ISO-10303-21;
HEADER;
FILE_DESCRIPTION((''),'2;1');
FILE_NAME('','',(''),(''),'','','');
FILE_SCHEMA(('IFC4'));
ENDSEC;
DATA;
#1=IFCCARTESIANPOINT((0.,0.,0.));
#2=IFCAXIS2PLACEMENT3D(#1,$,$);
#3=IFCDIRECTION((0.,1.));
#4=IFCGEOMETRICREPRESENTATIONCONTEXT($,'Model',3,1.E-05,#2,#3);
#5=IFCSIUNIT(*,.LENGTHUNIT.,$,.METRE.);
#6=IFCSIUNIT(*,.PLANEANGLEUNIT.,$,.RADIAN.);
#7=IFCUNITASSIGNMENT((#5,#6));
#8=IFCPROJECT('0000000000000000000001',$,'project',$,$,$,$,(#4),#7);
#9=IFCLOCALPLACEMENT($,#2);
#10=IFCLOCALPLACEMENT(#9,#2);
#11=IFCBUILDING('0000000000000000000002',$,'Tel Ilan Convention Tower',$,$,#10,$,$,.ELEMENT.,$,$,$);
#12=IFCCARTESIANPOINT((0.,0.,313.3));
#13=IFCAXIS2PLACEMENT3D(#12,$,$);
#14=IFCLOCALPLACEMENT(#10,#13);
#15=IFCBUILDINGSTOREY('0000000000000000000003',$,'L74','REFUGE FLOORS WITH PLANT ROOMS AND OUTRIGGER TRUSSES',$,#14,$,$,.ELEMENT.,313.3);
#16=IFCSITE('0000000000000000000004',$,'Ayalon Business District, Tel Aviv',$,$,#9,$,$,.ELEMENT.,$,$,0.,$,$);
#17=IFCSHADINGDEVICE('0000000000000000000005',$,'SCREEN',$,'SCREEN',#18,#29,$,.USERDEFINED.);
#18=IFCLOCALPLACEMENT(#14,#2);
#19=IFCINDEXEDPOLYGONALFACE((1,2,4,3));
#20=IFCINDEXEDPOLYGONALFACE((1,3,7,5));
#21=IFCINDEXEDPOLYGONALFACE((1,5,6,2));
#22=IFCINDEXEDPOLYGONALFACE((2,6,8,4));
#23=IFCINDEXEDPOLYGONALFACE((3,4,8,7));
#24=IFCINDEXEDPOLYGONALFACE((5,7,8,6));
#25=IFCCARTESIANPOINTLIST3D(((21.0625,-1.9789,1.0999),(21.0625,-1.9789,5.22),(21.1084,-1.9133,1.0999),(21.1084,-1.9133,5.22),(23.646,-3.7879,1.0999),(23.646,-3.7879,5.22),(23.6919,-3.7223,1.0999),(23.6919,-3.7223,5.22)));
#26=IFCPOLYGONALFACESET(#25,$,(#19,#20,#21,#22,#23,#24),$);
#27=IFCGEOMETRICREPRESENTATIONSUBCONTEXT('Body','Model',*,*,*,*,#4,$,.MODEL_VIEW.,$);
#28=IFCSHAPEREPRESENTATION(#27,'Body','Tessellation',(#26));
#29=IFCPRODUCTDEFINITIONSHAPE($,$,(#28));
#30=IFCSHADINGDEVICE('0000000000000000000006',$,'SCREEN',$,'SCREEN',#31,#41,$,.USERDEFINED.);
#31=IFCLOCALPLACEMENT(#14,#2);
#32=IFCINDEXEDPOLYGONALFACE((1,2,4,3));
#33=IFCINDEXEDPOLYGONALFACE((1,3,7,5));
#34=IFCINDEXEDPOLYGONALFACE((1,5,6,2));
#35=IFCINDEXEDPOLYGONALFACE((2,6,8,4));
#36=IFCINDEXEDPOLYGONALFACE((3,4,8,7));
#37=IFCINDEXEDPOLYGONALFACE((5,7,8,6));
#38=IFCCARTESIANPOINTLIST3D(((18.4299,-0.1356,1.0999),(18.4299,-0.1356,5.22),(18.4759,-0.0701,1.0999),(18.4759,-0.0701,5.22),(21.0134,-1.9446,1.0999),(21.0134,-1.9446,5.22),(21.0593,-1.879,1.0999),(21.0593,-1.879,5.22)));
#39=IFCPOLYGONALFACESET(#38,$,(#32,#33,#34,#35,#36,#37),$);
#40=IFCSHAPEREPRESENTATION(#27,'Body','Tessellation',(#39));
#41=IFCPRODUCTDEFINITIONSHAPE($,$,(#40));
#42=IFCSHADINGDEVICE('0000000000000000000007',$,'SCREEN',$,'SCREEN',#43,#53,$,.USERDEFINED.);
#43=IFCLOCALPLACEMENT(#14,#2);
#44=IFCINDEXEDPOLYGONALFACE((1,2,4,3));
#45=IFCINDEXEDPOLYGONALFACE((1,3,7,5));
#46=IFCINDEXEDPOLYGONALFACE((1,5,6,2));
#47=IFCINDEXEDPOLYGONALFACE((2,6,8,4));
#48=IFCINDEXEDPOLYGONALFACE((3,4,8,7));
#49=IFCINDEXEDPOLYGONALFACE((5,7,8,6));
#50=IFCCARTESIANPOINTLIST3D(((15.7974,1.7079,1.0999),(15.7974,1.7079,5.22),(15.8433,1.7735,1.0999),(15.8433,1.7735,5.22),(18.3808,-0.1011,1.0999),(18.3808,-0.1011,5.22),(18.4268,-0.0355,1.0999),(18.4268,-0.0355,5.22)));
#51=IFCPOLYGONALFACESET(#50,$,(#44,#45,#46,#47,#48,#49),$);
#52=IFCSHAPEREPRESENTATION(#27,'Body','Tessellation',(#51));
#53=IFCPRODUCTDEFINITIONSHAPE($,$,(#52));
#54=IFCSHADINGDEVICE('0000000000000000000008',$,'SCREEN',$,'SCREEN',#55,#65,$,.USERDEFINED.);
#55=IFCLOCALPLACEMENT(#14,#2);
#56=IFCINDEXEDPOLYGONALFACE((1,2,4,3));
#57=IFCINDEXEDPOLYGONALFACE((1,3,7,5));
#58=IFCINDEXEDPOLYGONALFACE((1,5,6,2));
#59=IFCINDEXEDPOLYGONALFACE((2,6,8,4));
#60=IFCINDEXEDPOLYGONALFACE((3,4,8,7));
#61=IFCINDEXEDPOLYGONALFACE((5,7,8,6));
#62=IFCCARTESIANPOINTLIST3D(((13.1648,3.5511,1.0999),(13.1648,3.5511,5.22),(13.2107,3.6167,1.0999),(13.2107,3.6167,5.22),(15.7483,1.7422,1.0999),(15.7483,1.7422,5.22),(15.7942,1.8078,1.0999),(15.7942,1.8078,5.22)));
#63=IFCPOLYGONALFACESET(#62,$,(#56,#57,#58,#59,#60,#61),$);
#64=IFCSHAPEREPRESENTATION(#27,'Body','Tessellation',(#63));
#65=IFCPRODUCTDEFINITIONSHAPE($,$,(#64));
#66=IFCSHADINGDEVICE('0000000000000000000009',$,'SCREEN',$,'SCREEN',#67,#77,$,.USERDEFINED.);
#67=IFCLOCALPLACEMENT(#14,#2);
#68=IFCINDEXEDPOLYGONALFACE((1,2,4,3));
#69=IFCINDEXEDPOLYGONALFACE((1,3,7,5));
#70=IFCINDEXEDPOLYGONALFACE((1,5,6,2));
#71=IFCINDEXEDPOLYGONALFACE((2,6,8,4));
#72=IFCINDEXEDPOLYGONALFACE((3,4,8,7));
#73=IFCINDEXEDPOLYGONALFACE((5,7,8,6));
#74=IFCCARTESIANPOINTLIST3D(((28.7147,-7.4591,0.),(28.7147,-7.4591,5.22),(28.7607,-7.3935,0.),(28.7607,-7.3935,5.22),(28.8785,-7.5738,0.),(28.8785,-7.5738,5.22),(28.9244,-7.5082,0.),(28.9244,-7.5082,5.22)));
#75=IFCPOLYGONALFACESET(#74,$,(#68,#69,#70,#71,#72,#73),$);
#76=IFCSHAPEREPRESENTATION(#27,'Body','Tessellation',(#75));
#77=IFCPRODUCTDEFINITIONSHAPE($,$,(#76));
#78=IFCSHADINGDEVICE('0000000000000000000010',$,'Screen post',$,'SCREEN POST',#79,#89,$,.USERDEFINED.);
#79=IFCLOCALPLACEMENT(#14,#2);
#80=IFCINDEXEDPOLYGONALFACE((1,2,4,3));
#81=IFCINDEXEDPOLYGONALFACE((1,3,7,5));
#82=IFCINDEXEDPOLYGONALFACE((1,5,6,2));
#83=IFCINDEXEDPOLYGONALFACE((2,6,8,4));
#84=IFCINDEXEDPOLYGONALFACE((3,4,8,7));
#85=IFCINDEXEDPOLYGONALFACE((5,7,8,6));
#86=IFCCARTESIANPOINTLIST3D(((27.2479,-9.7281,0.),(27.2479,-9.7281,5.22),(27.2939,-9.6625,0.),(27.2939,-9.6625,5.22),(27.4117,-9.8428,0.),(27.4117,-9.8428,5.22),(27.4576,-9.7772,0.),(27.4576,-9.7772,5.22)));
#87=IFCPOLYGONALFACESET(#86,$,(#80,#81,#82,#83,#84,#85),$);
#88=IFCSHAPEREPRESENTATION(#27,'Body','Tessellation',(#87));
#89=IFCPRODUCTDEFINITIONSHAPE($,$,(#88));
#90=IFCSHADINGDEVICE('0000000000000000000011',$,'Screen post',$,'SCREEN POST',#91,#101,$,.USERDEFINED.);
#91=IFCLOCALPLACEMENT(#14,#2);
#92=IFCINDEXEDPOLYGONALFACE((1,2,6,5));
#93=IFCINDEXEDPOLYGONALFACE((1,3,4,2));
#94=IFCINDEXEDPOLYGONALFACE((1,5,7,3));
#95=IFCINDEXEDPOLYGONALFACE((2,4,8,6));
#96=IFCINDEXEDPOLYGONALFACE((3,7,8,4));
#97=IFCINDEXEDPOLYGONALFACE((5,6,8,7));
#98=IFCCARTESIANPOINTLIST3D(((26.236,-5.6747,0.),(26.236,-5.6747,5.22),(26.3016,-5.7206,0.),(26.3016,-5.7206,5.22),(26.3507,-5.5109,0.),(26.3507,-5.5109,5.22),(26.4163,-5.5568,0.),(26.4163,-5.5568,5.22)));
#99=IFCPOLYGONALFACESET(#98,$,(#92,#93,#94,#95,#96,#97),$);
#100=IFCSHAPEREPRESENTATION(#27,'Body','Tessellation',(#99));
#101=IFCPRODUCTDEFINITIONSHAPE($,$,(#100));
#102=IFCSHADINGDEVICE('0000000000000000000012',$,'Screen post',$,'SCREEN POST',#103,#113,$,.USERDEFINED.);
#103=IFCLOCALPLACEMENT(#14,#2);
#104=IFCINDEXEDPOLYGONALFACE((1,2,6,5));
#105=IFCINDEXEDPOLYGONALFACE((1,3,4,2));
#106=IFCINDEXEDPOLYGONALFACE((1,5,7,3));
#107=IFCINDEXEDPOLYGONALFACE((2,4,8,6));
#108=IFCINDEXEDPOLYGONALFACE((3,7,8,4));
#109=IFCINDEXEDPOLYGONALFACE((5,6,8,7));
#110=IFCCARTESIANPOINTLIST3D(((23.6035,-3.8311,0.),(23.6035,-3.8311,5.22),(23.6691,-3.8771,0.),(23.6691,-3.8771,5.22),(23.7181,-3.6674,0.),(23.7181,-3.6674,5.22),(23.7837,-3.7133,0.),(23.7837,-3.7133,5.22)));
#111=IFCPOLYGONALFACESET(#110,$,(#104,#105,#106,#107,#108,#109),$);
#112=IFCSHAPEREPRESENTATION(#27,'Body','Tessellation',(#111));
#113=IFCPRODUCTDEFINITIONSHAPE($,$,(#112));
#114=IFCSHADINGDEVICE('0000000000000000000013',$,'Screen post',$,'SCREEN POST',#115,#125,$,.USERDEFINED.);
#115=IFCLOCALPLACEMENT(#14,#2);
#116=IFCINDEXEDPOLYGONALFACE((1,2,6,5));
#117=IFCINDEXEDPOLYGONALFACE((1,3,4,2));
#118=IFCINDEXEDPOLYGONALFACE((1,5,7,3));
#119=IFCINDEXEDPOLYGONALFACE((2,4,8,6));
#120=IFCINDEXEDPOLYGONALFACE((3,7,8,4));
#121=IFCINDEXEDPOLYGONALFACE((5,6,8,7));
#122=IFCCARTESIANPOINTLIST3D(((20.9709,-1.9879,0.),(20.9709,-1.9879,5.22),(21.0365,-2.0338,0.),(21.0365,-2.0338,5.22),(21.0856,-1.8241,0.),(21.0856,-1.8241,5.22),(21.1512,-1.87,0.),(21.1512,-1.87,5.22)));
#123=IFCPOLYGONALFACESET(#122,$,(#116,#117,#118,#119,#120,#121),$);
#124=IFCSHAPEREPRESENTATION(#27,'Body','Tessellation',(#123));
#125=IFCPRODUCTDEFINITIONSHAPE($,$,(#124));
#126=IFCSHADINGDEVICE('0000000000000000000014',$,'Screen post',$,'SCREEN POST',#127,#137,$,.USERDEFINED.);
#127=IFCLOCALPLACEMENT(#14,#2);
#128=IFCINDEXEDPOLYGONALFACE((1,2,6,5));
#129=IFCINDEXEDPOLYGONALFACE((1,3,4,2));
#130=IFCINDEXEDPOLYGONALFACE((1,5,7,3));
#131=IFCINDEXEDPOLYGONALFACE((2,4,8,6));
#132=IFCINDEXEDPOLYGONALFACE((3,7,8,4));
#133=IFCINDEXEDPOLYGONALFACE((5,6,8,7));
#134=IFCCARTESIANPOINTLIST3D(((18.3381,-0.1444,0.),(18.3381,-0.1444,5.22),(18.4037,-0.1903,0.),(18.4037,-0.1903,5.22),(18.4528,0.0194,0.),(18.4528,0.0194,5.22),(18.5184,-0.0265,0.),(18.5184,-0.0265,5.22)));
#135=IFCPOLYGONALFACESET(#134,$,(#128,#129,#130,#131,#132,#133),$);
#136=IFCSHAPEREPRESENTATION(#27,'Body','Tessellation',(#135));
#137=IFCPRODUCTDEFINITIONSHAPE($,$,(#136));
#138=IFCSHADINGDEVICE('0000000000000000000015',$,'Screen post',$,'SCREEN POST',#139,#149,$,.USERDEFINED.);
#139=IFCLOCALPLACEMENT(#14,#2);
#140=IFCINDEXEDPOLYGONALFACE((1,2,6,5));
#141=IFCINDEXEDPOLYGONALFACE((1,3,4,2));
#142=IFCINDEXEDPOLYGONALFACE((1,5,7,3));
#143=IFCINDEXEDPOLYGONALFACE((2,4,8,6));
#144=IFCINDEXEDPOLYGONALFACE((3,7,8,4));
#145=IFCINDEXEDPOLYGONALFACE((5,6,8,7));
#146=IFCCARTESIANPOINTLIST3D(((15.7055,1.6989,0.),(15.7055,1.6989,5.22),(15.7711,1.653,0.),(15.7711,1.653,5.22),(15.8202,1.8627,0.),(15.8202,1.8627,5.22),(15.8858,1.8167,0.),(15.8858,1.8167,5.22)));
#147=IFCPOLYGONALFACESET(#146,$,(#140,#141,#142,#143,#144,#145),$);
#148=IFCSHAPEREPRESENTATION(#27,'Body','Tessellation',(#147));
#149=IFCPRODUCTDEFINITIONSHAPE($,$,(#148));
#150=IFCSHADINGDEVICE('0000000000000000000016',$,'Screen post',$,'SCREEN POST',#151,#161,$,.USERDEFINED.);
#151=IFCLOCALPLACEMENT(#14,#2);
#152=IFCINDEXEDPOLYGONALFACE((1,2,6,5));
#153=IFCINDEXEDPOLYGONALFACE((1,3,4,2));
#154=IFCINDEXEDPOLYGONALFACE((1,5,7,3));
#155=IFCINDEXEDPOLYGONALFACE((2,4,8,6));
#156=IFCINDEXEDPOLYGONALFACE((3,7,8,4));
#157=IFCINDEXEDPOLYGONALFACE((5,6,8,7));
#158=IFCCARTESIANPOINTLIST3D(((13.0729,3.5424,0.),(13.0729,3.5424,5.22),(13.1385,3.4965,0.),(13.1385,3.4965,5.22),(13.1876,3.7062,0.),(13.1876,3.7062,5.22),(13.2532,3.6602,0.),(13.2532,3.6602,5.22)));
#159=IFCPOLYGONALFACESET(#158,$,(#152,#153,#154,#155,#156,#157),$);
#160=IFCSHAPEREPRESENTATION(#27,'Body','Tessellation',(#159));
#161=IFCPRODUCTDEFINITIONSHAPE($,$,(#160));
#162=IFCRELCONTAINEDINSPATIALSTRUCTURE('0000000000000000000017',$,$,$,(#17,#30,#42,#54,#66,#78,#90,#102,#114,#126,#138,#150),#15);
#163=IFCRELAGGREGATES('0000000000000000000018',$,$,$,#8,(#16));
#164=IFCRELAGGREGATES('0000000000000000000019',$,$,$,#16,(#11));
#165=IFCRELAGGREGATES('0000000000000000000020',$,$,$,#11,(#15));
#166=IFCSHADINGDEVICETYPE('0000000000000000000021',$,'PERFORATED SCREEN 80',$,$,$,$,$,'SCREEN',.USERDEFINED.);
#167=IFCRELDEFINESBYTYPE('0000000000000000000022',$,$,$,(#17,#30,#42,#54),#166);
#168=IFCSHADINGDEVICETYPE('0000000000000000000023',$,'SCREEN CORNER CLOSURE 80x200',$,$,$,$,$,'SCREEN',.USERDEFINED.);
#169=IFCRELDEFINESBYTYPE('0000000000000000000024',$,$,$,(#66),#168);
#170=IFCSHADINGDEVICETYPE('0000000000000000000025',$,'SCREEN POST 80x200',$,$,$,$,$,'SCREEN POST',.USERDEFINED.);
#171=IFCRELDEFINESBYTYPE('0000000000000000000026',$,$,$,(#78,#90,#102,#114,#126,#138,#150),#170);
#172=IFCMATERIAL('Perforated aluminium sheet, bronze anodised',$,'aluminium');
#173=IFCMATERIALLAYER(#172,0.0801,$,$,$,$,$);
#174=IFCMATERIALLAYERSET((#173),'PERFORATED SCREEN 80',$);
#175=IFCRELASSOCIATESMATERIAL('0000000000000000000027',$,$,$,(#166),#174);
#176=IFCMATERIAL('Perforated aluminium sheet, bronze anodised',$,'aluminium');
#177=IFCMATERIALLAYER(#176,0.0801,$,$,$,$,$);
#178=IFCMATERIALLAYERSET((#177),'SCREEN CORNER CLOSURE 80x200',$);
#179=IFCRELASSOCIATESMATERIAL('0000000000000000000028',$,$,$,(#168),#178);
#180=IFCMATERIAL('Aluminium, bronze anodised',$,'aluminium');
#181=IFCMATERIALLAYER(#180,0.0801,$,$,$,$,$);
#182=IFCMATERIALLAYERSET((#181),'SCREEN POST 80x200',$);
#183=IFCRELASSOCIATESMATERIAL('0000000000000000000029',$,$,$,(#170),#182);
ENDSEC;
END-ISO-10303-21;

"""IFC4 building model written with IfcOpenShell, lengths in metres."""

from ifc_helpers import new_model, si_unit, direction, frame, origin, origin_2d, place, context, subcontext, project, spatial, rectangle, extrude, material, layer, layer_set, type_object, element, save


model = new_model("IFC4")

# Units and contexts
model_context = context("Model", 3, precision=1e-05, world=origin(), true_north=direction((0.0, 1.0)))
body_context = subcontext(model_context, "Body", "Model", "MODEL_VIEW")
ifc_project = project(units=[si_unit("LENGTHUNIT", "METRE"), si_unit("PLANEANGLEUNIT", "RADIAN")], contexts=[model_context])

# Site, building, storey
site_placement = place(None, origin())
site = spatial("IfcSite", under=ifc_project, at=site_placement, Name="Ayalon Business District, Tel Aviv", CompositionType="ELEMENT", RefElevation=0.0)
building_placement = place(site_placement, origin())
building = spatial("IfcBuilding", under=site, at=building_placement, Name="Tel Ilan Convention Tower", CompositionType="ELEMENT")
storey_placement = place(building_placement, frame((0.0, 0.0, 313.3)))
storey = spatial("IfcBuildingStorey", under=building, at=storey_placement, Name="L74", Description="REFUGE FLOORS WITH PLANT ROOMS AND OUTRIGGER TRUSSES", CompositionType="ELEMENT", Elevation=313.3)

# Shading devices
ifc_material_1 = material(Name="Perforated aluminium sheet, bronze anodised", Category="aluminium")
ifc_layer_1 = layer(ifc_material_1, 0.0801)
ifc_layer_set_1 = layer_set([ifc_layer_1], Name="PERFORATED SCREEN 80")
shading_device_type_1 = type_object("IfcShadingDeviceType", Name="PERFORATED SCREEN 80", ElementType="SCREEN", PredefinedType="USERDEFINED", material=ifc_layer_set_1)
for number, where, z_axis, x_axis, name in (
    (1, (22.3772, -2.8506, 1.0999), (0.0, 0.0, 1.0), (-0.819152, 0.573576, 0.0), "SCREEN"),
    (2, (19.7446, -1.0073, 1.0999), (0.0, 0.0, 1.0), (-0.819152, 0.573576, 0.0), "SCREEN"),
    (3, (17.1121, 0.8362, 1.0999), (0.0, 0.0, 1.0), (-0.819152, 0.573576, 0.0), "SCREEN"),
    (4, (14.4795, 2.6794, 1.0999), (0.0, 0.0, 1.0), (-0.819152, 0.573576, 0.0), "SCREEN"),
):
    element("IfcShadingDevice", number, at=place(storey_placement, frame(where, z_axis=z_axis, x_axis=x_axis)), inside=storey, type_object=shading_device_type_1, Name=name, ObjectType="SCREEN", PredefinedType="USERDEFINED", context=body_context, shape_type="SweptSolid", body=[
        extrude(rectangle(XDim=3.1538, YDim=0.0801, at=origin_2d()), origin(), (0.0, 0.0, 1.0), 4.1201),
    ])

# Shading devices
ifc_material_2 = material(Name="Perforated aluminium sheet, bronze anodised", Category="aluminium")
ifc_layer_2 = layer(ifc_material_2, 0.0801)
ifc_layer_set_2 = layer_set([ifc_layer_2], Name="SCREEN CORNER CLOSURE 80x200")
shading_device_type_2 = type_object("IfcShadingDeviceType", Name="SCREEN CORNER CLOSURE 80x200", ElementType="SCREEN", PredefinedType="USERDEFINED", material=ifc_layer_set_2)
shading_device_1_placement = place(storey_placement, frame((28.8196, -7.4836, 0.0), z_axis=(0.0, 0.0, 1.0), x_axis=(0.573576, 0.819152, 0.0)))
element("IfcShadingDevice", 5, at=shading_device_1_placement, inside=storey, type_object=shading_device_type_2, Name="SCREEN", ObjectType="SCREEN", PredefinedType="USERDEFINED", context=body_context, shape_type="SweptSolid", body=[
    extrude(rectangle(XDim=0.0801, YDim=0.2, at=origin_2d()), origin(), (0.0, 0.0, 1.0), 5.22),
])
ifc_material_3 = material(Name="Aluminium, bronze anodised", Category="aluminium")
ifc_layer_3 = layer(ifc_material_3, 0.0801)
ifc_layer_set_3 = layer_set([ifc_layer_3], Name="SCREEN POST 80x200")
shading_device_type_3 = type_object("IfcShadingDeviceType", Name="SCREEN POST 80x200", ElementType="SCREEN POST", PredefinedType="USERDEFINED", material=ifc_layer_set_3)
for number, where, z_axis, x_axis, name in (
    (6, (27.3528, -9.7527, 0.0), (0.0, 0.0, 1.0), (0.573576, 0.819152, 0.0), "Screen post"),
    (7, (26.3262, -5.6157, 0.0), (0.0, 0.0, 1.0), (-0.819152, 0.573576, 0.0), "Screen post"),
    (8, (23.6936, -3.7722, 0.0), (0.0, 0.0, 1.0), (-0.819152, 0.573576, 0.0), "Screen post"),
    (9, (21.061, -1.929, 0.0), (0.0, 0.0, 1.0), (-0.819152, 0.573576, 0.0), "Screen post"),
    (10, (18.4282, -0.0854, 0.0), (0.0, 0.0, 1.0), (-0.819152, 0.573576, 0.0), "Screen post"),
    (11, (15.7957, 1.7578, 0.0), (0.0, 0.0, 1.0), (-0.819152, 0.573576, 0.0), "Screen post"),
    (12, (13.1631, 3.6013, 0.0), (0.0, 0.0, 1.0), (-0.819152, 0.573576, 0.0), "Screen post"),
):
    element("IfcShadingDevice", number, at=place(storey_placement, frame(where, z_axis=z_axis, x_axis=x_axis)), inside=storey, type_object=shading_device_type_3, Name=name, ObjectType="SCREEN POST", PredefinedType="USERDEFINED", context=body_context, shape_type="SweptSolid", body=[
        extrude(rectangle(XDim=0.0801, YDim=0.2, at=origin_2d()), origin(), (0.0, 0.0, 1.0), 5.22),
    ])

save(model, "model.ifc")
